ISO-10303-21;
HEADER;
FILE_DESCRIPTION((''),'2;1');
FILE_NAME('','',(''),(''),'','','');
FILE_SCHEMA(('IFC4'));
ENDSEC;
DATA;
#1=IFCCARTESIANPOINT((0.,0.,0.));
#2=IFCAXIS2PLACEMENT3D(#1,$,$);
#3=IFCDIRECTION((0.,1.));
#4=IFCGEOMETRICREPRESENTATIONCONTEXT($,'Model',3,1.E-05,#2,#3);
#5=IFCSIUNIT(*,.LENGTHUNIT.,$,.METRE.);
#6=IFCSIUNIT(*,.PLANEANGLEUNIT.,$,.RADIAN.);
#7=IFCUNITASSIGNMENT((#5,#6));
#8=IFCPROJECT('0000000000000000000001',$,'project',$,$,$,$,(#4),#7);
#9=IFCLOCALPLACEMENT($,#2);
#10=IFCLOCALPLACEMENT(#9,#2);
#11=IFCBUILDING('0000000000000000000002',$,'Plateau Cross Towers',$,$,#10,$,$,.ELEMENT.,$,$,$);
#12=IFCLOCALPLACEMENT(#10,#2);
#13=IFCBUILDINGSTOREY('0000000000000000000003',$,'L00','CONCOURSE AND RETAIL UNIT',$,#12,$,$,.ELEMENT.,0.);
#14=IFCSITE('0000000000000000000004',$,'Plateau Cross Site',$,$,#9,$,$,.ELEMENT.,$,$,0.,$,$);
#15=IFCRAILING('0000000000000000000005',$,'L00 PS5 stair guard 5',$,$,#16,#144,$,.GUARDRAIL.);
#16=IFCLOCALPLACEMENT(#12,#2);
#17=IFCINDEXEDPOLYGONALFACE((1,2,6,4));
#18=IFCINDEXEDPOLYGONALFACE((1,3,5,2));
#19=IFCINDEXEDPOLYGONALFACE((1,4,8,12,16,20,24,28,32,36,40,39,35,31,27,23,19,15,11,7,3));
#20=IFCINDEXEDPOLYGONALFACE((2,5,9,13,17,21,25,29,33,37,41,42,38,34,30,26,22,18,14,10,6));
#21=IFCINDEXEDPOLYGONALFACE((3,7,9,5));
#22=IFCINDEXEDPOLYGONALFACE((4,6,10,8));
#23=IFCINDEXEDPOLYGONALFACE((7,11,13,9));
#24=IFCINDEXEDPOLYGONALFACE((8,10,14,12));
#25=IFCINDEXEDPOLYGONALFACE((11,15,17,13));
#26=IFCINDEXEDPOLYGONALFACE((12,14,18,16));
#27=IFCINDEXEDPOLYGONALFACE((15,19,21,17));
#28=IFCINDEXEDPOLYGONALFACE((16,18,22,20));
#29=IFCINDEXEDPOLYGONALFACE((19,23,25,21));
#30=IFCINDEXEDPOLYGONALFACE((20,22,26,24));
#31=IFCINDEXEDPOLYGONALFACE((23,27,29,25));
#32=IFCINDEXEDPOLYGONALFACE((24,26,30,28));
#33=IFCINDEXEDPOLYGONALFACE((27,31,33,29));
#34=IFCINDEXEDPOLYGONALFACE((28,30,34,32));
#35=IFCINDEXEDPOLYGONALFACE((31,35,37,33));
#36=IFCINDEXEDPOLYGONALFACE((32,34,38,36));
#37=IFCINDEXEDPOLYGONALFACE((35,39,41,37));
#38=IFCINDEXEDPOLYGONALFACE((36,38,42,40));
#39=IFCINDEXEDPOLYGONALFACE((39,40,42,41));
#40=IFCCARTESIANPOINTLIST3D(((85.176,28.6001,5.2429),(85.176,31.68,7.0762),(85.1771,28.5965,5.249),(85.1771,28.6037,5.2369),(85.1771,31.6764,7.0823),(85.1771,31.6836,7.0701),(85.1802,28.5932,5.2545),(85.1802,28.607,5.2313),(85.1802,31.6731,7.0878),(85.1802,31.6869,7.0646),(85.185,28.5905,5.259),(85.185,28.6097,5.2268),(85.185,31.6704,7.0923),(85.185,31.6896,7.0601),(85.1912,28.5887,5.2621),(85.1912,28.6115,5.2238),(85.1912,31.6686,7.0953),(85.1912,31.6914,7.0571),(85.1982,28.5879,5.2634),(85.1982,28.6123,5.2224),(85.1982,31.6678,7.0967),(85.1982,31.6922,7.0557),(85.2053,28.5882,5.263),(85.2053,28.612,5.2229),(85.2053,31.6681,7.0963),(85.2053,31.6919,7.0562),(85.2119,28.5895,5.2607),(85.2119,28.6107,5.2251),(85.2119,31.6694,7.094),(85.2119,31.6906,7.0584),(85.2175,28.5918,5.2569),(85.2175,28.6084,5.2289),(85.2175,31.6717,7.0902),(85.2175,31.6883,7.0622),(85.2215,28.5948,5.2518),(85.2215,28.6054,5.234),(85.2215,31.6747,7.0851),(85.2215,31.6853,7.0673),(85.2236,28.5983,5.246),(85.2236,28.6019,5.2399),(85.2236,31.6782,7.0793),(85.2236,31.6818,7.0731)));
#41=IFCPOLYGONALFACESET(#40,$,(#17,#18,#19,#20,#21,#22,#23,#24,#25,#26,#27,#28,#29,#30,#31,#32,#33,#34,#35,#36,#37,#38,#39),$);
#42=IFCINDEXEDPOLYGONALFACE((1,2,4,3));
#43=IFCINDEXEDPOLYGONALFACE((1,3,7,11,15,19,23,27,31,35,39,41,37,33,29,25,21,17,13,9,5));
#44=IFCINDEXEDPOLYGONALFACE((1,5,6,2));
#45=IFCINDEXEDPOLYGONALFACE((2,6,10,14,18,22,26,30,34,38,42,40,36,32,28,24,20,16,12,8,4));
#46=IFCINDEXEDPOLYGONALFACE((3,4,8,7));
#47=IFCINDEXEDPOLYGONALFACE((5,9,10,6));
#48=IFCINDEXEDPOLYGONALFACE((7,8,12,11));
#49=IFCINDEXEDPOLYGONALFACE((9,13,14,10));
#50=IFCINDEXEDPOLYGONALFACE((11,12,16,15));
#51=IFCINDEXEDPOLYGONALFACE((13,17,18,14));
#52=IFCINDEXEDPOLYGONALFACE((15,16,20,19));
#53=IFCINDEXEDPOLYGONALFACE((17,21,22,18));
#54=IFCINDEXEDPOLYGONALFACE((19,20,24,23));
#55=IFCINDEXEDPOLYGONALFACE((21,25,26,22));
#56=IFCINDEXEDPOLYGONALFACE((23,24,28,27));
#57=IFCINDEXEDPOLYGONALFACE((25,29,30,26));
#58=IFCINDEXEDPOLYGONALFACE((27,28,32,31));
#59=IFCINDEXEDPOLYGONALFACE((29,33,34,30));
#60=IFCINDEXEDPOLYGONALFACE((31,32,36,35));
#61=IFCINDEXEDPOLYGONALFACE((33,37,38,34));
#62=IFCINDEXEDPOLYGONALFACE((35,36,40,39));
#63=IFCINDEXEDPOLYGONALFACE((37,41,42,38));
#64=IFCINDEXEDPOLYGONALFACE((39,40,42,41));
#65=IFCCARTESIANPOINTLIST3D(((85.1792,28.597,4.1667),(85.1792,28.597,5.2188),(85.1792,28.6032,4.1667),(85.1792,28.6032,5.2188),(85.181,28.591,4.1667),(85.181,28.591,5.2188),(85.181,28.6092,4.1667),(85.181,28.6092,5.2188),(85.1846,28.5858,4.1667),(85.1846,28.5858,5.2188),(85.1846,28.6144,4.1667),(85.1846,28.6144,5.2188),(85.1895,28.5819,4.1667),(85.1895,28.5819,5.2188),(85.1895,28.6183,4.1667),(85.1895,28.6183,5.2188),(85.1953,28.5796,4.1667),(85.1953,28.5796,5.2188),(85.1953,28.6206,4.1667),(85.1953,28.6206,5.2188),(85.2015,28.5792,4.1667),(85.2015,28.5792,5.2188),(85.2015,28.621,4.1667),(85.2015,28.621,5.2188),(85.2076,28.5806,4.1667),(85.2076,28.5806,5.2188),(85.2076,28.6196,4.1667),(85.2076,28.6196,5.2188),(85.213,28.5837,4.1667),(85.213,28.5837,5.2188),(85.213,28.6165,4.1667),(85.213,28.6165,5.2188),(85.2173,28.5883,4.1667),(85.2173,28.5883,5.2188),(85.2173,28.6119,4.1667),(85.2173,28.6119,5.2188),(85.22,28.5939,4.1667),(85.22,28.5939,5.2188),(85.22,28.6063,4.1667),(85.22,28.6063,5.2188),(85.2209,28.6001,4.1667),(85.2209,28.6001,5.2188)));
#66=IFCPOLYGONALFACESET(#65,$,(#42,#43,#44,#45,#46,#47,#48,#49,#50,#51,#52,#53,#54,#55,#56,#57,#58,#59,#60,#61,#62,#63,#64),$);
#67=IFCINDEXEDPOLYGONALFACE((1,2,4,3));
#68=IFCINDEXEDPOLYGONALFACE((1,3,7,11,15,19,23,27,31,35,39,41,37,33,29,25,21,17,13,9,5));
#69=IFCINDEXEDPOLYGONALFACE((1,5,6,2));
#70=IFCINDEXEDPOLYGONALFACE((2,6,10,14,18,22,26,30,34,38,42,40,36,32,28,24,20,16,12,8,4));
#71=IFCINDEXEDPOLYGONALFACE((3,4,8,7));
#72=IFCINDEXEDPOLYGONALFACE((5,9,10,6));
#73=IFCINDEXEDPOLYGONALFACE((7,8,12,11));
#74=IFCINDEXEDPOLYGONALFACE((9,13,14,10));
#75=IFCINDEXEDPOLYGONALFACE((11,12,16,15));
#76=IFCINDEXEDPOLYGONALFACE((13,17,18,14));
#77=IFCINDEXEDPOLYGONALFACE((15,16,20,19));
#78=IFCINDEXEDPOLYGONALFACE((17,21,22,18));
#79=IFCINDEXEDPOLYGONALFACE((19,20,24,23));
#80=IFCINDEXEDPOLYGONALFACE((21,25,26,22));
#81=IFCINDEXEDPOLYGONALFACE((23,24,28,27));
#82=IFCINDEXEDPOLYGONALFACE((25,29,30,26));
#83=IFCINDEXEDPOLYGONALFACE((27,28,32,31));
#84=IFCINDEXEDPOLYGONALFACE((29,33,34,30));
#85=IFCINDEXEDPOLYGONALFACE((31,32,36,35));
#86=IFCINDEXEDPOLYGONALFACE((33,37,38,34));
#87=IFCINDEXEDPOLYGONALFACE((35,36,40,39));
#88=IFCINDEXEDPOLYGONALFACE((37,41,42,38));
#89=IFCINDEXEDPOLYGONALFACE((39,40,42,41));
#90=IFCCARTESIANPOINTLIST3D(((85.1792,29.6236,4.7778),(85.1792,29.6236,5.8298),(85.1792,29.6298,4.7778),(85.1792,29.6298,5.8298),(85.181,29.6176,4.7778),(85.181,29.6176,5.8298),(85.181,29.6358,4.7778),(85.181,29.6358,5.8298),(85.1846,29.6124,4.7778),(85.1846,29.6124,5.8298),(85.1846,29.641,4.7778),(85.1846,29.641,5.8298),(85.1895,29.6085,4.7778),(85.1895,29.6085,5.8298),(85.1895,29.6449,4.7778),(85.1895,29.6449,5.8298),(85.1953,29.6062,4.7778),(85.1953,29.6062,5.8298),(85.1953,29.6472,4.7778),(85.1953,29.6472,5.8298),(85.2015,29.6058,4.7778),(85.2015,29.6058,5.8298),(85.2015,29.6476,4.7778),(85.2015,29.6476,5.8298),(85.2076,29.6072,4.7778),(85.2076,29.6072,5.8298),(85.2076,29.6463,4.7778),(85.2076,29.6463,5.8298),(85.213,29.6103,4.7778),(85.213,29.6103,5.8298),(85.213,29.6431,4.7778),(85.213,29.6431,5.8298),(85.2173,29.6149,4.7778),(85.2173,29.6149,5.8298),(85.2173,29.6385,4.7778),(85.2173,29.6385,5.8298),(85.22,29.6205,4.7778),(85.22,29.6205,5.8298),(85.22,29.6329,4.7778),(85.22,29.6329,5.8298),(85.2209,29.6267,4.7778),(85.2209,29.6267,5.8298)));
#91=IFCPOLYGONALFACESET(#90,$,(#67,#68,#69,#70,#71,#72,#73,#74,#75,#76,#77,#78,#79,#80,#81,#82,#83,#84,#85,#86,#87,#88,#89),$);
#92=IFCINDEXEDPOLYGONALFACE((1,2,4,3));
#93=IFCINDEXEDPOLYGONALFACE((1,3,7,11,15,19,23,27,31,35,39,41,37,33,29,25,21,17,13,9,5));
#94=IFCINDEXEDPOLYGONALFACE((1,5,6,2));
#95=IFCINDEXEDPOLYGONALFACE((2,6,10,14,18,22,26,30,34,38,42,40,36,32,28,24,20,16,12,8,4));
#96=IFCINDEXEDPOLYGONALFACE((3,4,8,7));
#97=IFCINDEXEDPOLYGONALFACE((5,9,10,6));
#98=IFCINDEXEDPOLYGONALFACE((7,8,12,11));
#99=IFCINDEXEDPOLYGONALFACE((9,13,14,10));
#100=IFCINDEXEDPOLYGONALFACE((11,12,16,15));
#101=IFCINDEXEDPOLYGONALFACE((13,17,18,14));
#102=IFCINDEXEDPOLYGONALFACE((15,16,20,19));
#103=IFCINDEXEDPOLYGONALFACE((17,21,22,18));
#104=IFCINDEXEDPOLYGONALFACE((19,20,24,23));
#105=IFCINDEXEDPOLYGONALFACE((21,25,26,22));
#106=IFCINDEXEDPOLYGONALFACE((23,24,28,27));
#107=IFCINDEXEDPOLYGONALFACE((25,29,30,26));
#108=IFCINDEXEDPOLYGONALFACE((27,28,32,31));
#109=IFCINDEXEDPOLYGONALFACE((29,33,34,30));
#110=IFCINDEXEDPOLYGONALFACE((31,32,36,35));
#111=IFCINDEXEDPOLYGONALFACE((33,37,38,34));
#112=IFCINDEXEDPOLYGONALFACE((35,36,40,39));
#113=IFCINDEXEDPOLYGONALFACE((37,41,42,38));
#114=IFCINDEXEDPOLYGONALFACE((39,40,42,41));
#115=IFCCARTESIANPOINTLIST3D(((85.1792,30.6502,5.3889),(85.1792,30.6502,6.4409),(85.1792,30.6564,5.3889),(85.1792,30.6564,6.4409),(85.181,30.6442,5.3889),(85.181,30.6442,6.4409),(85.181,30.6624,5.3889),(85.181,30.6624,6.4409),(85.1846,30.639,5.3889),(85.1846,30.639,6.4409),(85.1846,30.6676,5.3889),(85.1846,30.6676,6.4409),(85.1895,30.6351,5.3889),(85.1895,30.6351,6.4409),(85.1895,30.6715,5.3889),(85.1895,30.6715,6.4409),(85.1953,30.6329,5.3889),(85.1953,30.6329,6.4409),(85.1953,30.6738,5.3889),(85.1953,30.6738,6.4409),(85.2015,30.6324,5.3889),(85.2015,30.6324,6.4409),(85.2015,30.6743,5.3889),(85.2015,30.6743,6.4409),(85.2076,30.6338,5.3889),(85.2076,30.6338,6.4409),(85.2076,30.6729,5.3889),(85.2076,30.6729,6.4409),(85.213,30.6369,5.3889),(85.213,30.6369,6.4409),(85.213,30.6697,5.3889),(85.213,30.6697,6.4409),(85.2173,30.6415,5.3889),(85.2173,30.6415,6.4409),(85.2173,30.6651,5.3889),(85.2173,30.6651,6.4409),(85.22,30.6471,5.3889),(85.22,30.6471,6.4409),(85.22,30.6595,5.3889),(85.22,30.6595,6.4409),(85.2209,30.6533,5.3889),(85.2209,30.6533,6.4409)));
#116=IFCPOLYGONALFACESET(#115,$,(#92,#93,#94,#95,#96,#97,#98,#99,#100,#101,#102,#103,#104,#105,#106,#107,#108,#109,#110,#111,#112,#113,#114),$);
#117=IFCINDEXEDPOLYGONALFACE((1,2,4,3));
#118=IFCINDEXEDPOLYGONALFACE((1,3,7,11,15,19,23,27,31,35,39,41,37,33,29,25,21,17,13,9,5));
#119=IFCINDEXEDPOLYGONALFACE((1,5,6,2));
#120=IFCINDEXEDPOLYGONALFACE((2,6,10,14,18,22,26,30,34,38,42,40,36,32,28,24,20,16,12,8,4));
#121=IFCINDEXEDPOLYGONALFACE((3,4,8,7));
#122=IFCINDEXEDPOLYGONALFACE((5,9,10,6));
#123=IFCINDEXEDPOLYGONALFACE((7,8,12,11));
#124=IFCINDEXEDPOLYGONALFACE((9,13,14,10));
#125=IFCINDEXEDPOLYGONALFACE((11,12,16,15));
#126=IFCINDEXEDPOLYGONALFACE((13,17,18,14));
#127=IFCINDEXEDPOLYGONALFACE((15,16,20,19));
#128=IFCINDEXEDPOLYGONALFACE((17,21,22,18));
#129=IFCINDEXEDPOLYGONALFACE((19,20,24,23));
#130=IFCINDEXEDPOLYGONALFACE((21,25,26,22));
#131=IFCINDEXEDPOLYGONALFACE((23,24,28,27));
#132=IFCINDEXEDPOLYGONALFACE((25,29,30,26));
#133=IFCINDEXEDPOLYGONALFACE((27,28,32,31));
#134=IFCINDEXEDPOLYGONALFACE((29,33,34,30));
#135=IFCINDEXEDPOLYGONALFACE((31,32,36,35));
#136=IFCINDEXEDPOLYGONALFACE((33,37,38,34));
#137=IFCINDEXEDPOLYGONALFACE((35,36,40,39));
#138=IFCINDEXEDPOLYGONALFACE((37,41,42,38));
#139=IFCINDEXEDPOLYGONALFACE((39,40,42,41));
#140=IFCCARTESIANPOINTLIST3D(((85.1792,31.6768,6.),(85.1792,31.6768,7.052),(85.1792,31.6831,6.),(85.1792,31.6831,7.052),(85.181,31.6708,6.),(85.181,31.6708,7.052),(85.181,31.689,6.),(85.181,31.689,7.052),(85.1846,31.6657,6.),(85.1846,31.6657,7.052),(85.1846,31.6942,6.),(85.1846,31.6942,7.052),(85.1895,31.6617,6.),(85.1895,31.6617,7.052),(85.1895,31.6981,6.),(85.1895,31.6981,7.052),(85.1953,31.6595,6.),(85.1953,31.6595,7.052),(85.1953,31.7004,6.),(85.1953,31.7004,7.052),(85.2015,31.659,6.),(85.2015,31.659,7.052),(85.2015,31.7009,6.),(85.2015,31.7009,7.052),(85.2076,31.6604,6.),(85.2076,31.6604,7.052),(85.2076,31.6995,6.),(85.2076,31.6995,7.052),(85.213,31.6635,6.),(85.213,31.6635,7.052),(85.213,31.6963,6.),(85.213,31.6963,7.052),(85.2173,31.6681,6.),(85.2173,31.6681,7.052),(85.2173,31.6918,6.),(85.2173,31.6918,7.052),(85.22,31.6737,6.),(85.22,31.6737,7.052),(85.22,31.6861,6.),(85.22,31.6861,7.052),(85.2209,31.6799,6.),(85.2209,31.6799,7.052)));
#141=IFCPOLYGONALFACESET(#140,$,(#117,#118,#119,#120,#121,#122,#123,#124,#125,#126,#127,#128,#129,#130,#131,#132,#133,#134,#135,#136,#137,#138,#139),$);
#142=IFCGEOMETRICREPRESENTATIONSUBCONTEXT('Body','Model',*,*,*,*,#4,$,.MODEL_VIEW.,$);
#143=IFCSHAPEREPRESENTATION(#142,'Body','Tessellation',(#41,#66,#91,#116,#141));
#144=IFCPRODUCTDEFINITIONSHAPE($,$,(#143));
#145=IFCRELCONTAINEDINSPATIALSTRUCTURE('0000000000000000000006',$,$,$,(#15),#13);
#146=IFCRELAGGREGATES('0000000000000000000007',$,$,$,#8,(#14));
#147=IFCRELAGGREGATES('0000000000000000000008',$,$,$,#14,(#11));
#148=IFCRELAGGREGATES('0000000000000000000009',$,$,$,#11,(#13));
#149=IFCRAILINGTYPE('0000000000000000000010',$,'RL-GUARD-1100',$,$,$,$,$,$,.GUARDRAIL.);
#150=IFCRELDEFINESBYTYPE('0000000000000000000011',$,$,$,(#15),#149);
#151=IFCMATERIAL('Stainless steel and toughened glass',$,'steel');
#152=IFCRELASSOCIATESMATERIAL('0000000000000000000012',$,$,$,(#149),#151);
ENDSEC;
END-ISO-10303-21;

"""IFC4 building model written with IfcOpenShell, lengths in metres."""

from ifc_helpers import new_model, si_unit, direction, frame, origin, origin_2d, place, context, subcontext, project, spatial, circle, extrude, material, type_object, element, save


model = new_model("IFC4")

# Units and contexts
model_context = context("Model", 3, precision=1e-05, world=origin(), true_north=direction((0.0, 1.0)))
body_context = subcontext(model_context, "Body", "Model", "MODEL_VIEW")
ifc_project = project(units=[si_unit("LENGTHUNIT", "METRE"), si_unit("PLANEANGLEUNIT", "RADIAN")], contexts=[model_context])

# Site, building, storey
site_placement = place(None, origin())
site = spatial("IfcSite", under=ifc_project, at=site_placement, Name="Plateau Cross Site", CompositionType="ELEMENT", RefElevation=0.0)
building_placement = place(site_placement, origin())
building = spatial("IfcBuilding", under=site, at=building_placement, Name="Plateau Cross Towers", CompositionType="ELEMENT")
storey_placement = place(building_placement, origin())
storey = spatial("IfcBuildingStorey", under=building, at=storey_placement, Name="L00", Description="CONCOURSE AND RETAIL UNIT", CompositionType="ELEMENT", Elevation=0.0)

# Railing
ifc_material_1 = material(Name="Stainless steel and toughened glass", Category="steel")
railing_type_1 = type_object("IfcRailingType", Name="RL-GUARD-1100", PredefinedType="GUARDRAIL", material=ifc_material_1)
railing_1_placement = place(storey_placement, frame((85.2, 28.6001, 4.1667)))
element("IfcRailing", 1, at=railing_1_placement, inside=storey, type_object=railing_type_1, Name="L00 PS5 stair guard 5", PredefinedType="GUARDRAIL", context=body_context, shape_type="SweptSolid", body=[
    extrude(circle(Radius=0.0239, at=origin_2d()), frame((0.0, 0.0, 1.0762), z_axis=(0.0, 0.859291, 0.511487), x_axis=(-1.0, 0.0, 0.0)), (0.0, 0.0, 1.0), 3.5842),
    extrude(circle(Radius=0.021, at=origin_2d()), origin(), (0.0, 0.0, 1.0), 1.052),
    extrude(circle(Radius=0.021, at=origin_2d()), frame((0.0, 1.0266, 0.6111)), (0.0, 0.0, 1.0), 1.052),
    extrude(circle(Radius=0.021, at=origin_2d()), frame((0.0, 2.0532, 1.2222)), (0.0, 0.0, 1.0), 1.052),
    extrude(circle(Radius=0.021, at=origin_2d()), frame((0.0, 3.0798, 1.8333)), (0.0, 0.0, 1.0), 1.052),
])

save(model, "model.ifc")
